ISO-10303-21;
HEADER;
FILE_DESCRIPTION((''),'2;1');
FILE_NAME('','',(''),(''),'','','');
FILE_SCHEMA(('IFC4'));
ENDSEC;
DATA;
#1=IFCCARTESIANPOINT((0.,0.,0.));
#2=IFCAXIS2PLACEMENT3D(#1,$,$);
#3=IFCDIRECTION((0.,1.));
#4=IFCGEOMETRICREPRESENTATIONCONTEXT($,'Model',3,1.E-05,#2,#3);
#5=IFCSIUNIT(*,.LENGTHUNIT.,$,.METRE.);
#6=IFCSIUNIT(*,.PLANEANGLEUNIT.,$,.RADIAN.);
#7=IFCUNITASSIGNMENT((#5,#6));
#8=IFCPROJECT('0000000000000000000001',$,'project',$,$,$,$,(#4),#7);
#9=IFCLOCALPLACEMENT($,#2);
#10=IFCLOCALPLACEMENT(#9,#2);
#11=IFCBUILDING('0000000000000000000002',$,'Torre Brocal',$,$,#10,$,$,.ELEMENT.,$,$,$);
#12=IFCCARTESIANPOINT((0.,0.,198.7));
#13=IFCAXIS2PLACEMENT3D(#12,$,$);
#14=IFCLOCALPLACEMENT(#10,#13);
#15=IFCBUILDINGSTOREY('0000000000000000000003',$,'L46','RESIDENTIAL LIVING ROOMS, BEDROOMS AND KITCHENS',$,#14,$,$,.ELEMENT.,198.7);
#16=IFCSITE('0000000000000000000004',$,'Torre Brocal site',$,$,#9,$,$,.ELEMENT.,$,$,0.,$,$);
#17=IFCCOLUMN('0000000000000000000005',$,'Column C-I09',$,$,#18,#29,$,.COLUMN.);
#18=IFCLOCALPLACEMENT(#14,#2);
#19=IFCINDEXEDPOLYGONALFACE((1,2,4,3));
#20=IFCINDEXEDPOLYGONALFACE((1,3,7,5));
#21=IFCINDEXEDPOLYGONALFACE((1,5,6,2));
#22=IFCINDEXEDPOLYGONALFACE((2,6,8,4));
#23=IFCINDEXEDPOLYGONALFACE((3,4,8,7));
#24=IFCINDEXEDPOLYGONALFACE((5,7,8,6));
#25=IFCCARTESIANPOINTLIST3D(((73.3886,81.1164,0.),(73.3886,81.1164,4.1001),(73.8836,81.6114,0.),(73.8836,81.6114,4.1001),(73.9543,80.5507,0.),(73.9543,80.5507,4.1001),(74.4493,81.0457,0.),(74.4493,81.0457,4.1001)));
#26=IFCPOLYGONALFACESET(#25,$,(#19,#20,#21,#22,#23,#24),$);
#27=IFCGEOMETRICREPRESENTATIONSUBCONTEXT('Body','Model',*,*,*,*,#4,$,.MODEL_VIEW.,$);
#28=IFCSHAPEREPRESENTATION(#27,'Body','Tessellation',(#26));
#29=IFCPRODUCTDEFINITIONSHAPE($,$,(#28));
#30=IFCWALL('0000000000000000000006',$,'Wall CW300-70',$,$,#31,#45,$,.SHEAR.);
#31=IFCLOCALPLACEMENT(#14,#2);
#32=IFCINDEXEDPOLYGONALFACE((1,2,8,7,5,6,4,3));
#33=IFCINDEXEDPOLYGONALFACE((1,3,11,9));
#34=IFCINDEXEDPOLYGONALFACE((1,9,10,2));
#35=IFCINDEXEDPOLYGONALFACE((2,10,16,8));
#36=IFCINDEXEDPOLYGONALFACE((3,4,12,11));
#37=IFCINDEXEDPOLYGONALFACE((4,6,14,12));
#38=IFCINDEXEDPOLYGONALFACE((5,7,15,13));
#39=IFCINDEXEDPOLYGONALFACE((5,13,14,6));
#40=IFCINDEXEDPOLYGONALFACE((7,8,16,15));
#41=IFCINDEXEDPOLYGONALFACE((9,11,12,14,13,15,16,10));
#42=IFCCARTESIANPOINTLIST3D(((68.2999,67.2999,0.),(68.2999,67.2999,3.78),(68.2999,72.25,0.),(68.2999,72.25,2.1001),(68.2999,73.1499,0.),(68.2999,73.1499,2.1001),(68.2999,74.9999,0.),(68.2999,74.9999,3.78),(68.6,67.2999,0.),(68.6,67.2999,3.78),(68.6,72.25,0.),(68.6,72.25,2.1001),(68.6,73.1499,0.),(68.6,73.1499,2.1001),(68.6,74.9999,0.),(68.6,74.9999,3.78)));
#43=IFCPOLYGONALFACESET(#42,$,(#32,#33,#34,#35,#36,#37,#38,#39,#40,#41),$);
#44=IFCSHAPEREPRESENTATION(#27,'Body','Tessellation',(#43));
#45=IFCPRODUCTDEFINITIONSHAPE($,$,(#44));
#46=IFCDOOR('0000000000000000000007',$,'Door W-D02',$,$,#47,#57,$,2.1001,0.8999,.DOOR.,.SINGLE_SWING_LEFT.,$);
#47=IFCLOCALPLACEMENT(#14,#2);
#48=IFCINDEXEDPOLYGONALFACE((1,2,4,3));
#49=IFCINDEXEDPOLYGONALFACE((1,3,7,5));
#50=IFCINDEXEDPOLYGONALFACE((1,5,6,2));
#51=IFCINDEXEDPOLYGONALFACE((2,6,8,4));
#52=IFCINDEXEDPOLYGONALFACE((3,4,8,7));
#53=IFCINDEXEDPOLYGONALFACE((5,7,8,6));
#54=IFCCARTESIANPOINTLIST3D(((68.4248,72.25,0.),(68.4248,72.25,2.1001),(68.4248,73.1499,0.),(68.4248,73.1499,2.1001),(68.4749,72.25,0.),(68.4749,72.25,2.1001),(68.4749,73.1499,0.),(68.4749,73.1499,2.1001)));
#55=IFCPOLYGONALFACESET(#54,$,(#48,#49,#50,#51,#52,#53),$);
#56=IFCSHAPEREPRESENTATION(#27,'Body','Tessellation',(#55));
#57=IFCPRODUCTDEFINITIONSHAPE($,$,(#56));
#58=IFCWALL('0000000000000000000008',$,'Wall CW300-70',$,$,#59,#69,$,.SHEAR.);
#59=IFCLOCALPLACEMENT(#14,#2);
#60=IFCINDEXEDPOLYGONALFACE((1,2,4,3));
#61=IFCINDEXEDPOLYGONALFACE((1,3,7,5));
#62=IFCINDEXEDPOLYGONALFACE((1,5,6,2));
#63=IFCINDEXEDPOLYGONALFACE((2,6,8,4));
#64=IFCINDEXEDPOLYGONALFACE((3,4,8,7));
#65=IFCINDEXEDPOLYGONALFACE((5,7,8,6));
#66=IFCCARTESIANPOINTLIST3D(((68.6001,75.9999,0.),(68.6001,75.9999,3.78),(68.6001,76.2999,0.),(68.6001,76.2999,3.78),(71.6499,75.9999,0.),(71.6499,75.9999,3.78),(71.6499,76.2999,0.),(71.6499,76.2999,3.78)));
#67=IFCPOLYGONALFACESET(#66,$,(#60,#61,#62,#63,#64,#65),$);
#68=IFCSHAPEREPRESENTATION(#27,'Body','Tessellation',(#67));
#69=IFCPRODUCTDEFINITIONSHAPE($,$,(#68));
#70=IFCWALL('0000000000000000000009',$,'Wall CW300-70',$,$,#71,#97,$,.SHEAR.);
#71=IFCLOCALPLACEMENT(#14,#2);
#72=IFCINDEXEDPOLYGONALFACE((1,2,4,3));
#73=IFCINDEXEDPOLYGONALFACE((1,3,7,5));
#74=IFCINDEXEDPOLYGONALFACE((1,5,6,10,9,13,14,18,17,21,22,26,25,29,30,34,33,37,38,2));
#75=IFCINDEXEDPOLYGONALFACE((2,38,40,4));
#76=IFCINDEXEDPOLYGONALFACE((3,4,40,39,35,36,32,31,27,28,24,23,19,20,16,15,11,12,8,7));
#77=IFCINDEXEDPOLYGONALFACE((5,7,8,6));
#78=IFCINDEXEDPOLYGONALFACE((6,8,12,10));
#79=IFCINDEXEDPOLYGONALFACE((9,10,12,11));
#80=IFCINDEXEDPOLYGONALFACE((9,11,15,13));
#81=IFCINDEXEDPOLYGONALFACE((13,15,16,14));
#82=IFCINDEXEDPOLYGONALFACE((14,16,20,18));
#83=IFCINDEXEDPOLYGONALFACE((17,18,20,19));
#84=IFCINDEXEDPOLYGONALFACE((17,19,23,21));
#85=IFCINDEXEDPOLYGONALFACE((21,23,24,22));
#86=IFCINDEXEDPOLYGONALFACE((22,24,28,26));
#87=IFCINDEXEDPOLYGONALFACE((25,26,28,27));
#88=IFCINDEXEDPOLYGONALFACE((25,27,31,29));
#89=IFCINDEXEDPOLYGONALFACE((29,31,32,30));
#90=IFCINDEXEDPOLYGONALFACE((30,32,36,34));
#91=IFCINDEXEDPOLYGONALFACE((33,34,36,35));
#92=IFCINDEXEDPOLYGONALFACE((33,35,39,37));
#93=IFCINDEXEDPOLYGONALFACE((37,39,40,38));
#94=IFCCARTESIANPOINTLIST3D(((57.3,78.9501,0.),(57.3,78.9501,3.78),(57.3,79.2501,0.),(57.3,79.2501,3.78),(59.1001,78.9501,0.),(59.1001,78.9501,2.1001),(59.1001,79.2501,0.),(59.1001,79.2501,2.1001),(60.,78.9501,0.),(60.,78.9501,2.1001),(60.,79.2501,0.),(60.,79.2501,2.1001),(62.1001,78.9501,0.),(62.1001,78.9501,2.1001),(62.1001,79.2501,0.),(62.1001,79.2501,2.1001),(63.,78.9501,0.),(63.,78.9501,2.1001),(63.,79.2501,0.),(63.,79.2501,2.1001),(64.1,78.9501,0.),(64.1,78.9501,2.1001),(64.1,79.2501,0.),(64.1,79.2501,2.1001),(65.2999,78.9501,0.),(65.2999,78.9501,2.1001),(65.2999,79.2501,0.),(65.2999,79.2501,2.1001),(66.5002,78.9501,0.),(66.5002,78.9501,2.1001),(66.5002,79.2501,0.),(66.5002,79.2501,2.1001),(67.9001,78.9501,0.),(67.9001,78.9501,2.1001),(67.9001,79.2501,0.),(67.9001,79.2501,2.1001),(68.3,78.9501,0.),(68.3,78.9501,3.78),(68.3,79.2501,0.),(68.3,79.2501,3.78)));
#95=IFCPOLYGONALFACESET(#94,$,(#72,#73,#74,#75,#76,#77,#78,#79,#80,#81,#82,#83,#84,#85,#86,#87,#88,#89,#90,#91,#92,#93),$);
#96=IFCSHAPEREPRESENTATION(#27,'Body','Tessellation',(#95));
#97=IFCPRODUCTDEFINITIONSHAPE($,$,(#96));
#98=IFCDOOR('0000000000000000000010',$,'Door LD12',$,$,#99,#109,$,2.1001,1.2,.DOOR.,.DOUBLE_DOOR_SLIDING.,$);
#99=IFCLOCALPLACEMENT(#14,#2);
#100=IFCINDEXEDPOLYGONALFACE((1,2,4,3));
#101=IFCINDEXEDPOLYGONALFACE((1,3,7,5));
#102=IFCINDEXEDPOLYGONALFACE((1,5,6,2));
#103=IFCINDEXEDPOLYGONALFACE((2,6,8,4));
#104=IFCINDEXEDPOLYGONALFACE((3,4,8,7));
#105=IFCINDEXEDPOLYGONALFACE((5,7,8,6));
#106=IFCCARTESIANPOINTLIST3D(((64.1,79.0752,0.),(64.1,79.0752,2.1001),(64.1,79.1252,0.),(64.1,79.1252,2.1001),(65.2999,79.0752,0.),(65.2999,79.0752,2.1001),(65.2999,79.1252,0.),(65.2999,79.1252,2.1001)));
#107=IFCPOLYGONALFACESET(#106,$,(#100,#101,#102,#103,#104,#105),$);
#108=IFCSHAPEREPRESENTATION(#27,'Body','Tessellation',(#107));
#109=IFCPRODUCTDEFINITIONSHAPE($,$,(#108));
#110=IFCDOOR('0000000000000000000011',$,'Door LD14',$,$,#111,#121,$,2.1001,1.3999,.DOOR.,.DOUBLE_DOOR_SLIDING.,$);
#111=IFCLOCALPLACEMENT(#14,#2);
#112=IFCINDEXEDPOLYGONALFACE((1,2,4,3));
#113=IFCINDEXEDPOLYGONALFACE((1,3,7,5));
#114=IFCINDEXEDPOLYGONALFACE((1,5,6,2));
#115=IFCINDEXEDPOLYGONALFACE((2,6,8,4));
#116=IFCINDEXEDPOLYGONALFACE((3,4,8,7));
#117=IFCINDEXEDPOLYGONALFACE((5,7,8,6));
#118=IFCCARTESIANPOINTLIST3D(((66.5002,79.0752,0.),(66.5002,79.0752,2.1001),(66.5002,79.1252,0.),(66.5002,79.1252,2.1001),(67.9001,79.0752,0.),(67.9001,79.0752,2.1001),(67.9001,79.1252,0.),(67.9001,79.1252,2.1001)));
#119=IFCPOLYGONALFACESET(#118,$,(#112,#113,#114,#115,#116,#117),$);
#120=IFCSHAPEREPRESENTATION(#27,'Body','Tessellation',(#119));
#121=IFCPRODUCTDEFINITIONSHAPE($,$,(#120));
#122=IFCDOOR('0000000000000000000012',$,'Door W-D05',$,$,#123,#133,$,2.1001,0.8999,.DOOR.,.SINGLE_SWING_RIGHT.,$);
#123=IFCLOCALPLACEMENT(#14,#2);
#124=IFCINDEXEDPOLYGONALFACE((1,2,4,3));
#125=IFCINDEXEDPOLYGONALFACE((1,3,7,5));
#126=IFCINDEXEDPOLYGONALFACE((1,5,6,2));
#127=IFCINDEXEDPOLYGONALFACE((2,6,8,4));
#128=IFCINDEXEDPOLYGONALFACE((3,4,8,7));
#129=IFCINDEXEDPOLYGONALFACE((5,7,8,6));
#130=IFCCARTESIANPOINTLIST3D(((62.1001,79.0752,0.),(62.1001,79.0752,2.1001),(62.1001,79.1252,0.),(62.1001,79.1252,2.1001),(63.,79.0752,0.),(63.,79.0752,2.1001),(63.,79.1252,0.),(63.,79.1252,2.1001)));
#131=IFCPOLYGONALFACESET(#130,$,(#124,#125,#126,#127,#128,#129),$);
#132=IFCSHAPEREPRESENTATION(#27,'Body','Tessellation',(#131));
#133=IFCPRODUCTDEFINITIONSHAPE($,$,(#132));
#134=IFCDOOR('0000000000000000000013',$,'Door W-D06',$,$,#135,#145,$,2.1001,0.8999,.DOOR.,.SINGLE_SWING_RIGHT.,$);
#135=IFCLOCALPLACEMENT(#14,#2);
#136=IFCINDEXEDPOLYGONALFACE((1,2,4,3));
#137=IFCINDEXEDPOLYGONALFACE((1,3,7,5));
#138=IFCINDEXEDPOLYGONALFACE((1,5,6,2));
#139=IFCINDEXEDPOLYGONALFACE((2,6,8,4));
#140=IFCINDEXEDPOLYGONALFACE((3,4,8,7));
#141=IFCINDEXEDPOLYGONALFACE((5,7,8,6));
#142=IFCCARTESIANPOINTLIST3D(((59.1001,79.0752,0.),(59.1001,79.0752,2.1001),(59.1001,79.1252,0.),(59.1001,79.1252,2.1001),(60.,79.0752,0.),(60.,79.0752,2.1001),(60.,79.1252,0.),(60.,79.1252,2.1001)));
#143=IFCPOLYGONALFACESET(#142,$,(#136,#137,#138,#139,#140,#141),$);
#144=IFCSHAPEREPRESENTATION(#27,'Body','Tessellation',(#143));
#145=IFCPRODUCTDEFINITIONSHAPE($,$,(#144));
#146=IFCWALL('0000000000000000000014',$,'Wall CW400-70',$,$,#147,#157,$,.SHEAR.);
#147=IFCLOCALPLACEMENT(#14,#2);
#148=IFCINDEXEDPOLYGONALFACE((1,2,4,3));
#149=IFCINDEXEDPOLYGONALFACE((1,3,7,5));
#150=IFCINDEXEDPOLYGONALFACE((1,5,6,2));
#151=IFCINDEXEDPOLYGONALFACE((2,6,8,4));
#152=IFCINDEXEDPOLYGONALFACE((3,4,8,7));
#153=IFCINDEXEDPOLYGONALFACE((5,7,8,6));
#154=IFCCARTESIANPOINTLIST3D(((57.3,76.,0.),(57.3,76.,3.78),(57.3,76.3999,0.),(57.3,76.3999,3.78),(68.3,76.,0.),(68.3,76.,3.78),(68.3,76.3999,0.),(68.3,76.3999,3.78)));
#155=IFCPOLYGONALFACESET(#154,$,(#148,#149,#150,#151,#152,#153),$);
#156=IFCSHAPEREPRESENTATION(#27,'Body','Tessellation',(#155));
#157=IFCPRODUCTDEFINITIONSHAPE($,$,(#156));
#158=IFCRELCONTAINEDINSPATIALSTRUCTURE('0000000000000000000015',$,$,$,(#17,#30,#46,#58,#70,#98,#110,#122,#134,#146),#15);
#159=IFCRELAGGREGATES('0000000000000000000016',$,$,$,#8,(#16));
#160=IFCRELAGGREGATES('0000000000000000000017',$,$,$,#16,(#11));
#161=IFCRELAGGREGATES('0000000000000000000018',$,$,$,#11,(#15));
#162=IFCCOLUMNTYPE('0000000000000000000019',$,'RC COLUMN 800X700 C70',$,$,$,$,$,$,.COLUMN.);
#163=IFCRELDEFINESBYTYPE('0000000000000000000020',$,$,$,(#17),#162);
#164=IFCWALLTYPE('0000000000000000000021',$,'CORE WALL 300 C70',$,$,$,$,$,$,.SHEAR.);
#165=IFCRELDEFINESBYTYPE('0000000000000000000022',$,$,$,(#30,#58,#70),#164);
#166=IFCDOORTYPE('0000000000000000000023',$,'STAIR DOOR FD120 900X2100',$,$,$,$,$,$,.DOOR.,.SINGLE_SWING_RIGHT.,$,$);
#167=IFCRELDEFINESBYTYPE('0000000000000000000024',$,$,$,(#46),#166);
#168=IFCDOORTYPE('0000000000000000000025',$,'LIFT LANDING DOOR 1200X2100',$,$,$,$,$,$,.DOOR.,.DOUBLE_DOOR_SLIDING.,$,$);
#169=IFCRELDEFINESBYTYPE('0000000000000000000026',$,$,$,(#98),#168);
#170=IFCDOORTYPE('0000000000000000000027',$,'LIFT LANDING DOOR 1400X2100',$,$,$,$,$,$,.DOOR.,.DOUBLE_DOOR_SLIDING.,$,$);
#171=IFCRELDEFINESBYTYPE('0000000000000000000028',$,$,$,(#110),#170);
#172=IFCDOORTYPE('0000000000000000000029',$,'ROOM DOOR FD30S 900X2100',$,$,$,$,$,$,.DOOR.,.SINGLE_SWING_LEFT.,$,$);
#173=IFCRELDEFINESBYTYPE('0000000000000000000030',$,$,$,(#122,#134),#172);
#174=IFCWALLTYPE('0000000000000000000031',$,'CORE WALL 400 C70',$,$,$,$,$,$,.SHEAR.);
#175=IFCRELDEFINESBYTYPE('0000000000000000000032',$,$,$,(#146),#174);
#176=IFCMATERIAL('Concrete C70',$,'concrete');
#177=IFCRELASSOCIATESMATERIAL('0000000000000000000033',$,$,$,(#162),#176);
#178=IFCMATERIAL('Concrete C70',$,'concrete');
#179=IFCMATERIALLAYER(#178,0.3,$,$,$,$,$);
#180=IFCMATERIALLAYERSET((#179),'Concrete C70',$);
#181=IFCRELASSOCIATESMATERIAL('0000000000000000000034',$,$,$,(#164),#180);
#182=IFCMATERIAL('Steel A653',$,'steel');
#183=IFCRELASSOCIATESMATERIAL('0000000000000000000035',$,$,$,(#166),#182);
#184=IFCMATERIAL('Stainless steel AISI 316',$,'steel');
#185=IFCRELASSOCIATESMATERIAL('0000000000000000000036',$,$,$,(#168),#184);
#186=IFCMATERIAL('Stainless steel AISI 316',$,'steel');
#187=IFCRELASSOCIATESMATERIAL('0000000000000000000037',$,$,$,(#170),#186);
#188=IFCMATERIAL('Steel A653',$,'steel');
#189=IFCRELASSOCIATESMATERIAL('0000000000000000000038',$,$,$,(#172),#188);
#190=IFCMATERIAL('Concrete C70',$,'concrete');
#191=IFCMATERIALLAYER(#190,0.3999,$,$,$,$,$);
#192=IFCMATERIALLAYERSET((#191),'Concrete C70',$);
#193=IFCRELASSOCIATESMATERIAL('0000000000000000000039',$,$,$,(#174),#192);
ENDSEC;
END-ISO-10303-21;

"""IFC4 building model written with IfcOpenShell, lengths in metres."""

from ifc_helpers import new_model, si_unit, direction, frame, frame_2d, origin, origin_2d, place, context, subcontext, project, spatial, rectangle, extrude, material, layer, layer_set, material_profile, profile_set, type_object, element, fill, save


model = new_model("IFC4")

# Units and contexts
model_context = context("Model", 3, precision=1e-05, world=origin(), true_north=direction((0.0, 1.0)))
body_context = subcontext(model_context, "Body", "Model", "MODEL_VIEW")
ifc_project = project(units=[si_unit("LENGTHUNIT", "METRE"), si_unit("PLANEANGLEUNIT", "RADIAN")], contexts=[model_context])

# Site, building, storey
site_placement = place(None, origin())
site = spatial("IfcSite", under=ifc_project, at=site_placement, Name="Torre Brocal site", CompositionType="ELEMENT", RefElevation=0.0)
building_placement = place(site_placement, origin())
building = spatial("IfcBuilding", under=site, at=building_placement, Name="Torre Brocal", CompositionType="ELEMENT")
storey_placement = place(building_placement, frame((0.0, 0.0, 198.7)))
storey = spatial("IfcBuildingStorey", under=building, at=storey_placement, Name="L46", Description="RESIDENTIAL LIVING ROOMS, BEDROOMS AND KITCHENS", CompositionType="ELEMENT", Elevation=198.7)

# Column
ifc_material_1 = material(Name="Concrete C70", Category="concrete")
ifc_material_profile = material_profile(ifc_material_1, rectangle(XDim=0.8, YDim=0.7, at=origin_2d()), Name="RC 800X700")
ifc_profile_set = profile_set([ifc_material_profile], Name="Concrete C70")
column_type = type_object("IfcColumnType", Name="RC COLUMN 800X700 C70", PredefinedType="COLUMN", material=ifc_profile_set)
column_placement = place(storey_placement, frame((73.9189, 81.0811, 0.0), z_axis=(0.0, 0.0, 1.0), x_axis=(-0.707107, 0.707107, 0.0)))
element("IfcColumn", 1, at=column_placement, inside=storey, type_object=column_type, Name="Column C-I09", PredefinedType="COLUMN", context=body_context, shape_type="SweptSolid", body=[
    extrude(rectangle(XDim=0.8, YDim=0.7, at=origin_2d()), origin(), (0.0, 0.0, 1.0), 4.1001),
])

# Wall, opening, door
ifc_material_2 = material(Name="Concrete C70", Category="concrete")
ifc_layer_1 = layer(ifc_material_2, 0.3)
ifc_layer_set_1 = layer_set([ifc_layer_1], Name="Concrete C70")
wall_type_1 = type_object("IfcWallType", Name="CORE WALL 300 C70", PredefinedType="SHEAR", material=ifc_layer_set_1)
wall_1_placement = place(storey_placement, frame((68.45, 75.0, 0.0), z_axis=(0.0, 0.0, 1.0), x_axis=(0.0, -1.0, 0.0)))
wall_1 = element("IfcWall", 2, at=wall_1_placement, inside=storey, type_object=wall_type_1, Name="Wall CW300-70", PredefinedType="SHEAR", context=body_context, shape_type="SweptSolid", body=[
    extrude(rectangle(XDim=7.7, YDim=0.3, at=frame_2d((3.8501, 0.0))), origin(), (0.0, 0.0, 1.0), 3.78),
])
opening_1_placement = place(wall_1_placement, frame((1.8501, 0.0, 0.0)))
opening_1 = element("IfcOpeningElement", 3, at=opening_1_placement, cuts=wall_1, PredefinedType="OPENING", context=body_context, shape_type="SweptSolid", body=[
    extrude(rectangle(XDim=0.8999, YDim=2.1001, at=frame_2d((0.45, 1.05))), frame((0.0, 0.1599, 0.0), z_axis=(0.0, -1.0, 0.0), x_axis=(1.0, 0.0, 0.0)), (0.0, 0.0, 1.0), 0.3201),
])
ifc_material_3 = material(Name="Steel A653", Category="steel")
door_type_1 = type_object("IfcDoorType", Name="STAIR DOOR FD120 900X2100", OperationType="SINGLE_SWING_RIGHT", PredefinedType="DOOR", material=ifc_material_3)
door_1_placement = place(opening_1_placement, origin())
door_1 = element("IfcDoor", 4, at=door_1_placement, inside=storey, type_object=door_type_1, Name="Door W-D02", OperationType="SINGLE_SWING_LEFT", OverallHeight=2.1001, OverallWidth=0.8999, PredefinedType="DOOR", context=body_context, shape_type="SweptSolid", body=[
    extrude(rectangle(XDim=0.8999, YDim=2.1001, at=frame_2d((0.45, 1.05))), frame((0.0, 0.0249, 0.0), z_axis=(0.0, -1.0, 0.0), x_axis=(1.0, 0.0, 0.0)), (0.0, 0.0, 1.0), 0.05),
])
fill(opening_1, door_1)

# Wall
wall_2_placement = place(storey_placement, frame((71.6499, 76.1499, 0.0), z_axis=(0.0, 0.0, 1.0), x_axis=(-1.0, 0.0, 0.0)))
element("IfcWall", 5, at=wall_2_placement, inside=storey, type_object=wall_type_1, Name="Wall CW300-70", PredefinedType="SHEAR", context=body_context, shape_type="SweptSolid", body=[
    extrude(rectangle(XDim=3.0498, YDim=0.3, at=frame_2d((1.5249, 0.0))), origin(), (0.0, 0.0, 1.0), 3.78),
])

# Wall, openings, doors
wall_3_placement = place(storey_placement, frame((68.3, 79.1001, 0.0), z_axis=(0.0, 0.0, 1.0), x_axis=(-1.0, 0.0, 0.0)))
wall_3 = element("IfcWall", 6, at=wall_3_placement, inside=storey, type_object=wall_type_1, Name="Wall CW300-70", PredefinedType="SHEAR", context=body_context, shape_type="SweptSolid", body=[
    extrude(rectangle(XDim=11.0, YDim=0.3, at=frame_2d((5.5, 0.0))), origin(), (0.0, 0.0, 1.0), 3.78),
])
opening_2_placement = place(wall_3_placement, frame((0.3999, 0.0, 0.0)))
opening_2 = element("IfcOpeningElement", 7, at=opening_2_placement, cuts=wall_3, PredefinedType="OPENING", context=body_context, shape_type="SweptSolid", body=[
    extrude(rectangle(XDim=1.3999, YDim=2.1001, at=frame_2d((0.7, 1.05))), frame((0.0, 0.1599, 0.0), z_axis=(0.0, -1.0, 0.0), x_axis=(1.0, 0.0, 0.0)), (0.0, 0.0, 1.0), 0.3201),
])
opening_3_placement = place(wall_3_placement, frame((3.0, 0.0, 0.0)))
opening_3 = element("IfcOpeningElement", 8, at=opening_3_placement, cuts=wall_3, PredefinedType="OPENING", context=body_context, shape_type="SweptSolid", body=[
    extrude(rectangle(XDim=1.2, YDim=2.1001, at=frame_2d((0.6001, 1.05))), frame((0.0, 0.1599, 0.0), z_axis=(0.0, -1.0, 0.0), x_axis=(1.0, 0.0, 0.0)), (0.0, 0.0, 1.0), 0.3201),
])
opening_4_placement = place(wall_3_placement, frame((5.3, 0.0, 0.0)))
opening_4 = element("IfcOpeningElement", 9, at=opening_4_placement, cuts=wall_3, PredefinedType="OPENING", context=body_context, shape_type="SweptSolid", body=[
    extrude(rectangle(XDim=0.8999, YDim=2.1001, at=frame_2d((0.45, 1.05))), frame((0.0, 0.1599, 0.0), z_axis=(0.0, -1.0, 0.0), x_axis=(1.0, 0.0, 0.0)), (0.0, 0.0, 1.0), 0.3201),
])
opening_5_placement = place(wall_3_placement, frame((8.3, 0.0, 0.0)))
opening_5 = element("IfcOpeningElement", 10, at=opening_5_placement, cuts=wall_3, PredefinedType="OPENING", context=body_context, shape_type="SweptSolid", body=[
    extrude(rectangle(XDim=0.8999, YDim=2.1001, at=frame_2d((0.45, 1.05))), frame((0.0, 0.1599, 0.0), z_axis=(0.0, -1.0, 0.0), x_axis=(1.0, 0.0, 0.0)), (0.0, 0.0, 1.0), 0.3201),
])
ifc_material_4 = material(Name="Stainless steel AISI 316", Category="steel")
door_type_2 = type_object("IfcDoorType", Name="LIFT LANDING DOOR 1200X2100", OperationType="DOUBLE_DOOR_SLIDING", PredefinedType="DOOR", material=ifc_material_4)
door_2_placement = place(opening_3_placement, origin())
door_2 = element("IfcDoor", 11, at=door_2_placement, inside=storey, type_object=door_type_2, Name="Door LD12", OperationType="DOUBLE_DOOR_SLIDING", OverallHeight=2.1001, OverallWidth=1.2, PredefinedType="DOOR", context=body_context, shape_type="SweptSolid", body=[
    extrude(rectangle(XDim=1.2, YDim=2.1001, at=frame_2d((0.6001, 1.05))), frame((0.0, 0.0249, 0.0), z_axis=(0.0, -1.0, 0.0), x_axis=(1.0, 0.0, 0.0)), (0.0, 0.0, 1.0), 0.05),
])
fill(opening_3, door_2)
ifc_material_5 = material(Name="Stainless steel AISI 316", Category="steel")
door_type_3 = type_object("IfcDoorType", Name="LIFT LANDING DOOR 1400X2100", OperationType="DOUBLE_DOOR_SLIDING", PredefinedType="DOOR", material=ifc_material_5)
door_3_placement = place(opening_2_placement, origin())
door_3 = element("IfcDoor", 12, at=door_3_placement, inside=storey, type_object=door_type_3, Name="Door LD14", OperationType="DOUBLE_DOOR_SLIDING", OverallHeight=2.1001, OverallWidth=1.3999, PredefinedType="DOOR", context=body_context, shape_type="SweptSolid", body=[
    extrude(rectangle(XDim=1.3999, YDim=2.1001, at=frame_2d((0.7, 1.05))), frame((0.0, 0.0249, 0.0), z_axis=(0.0, -1.0, 0.0), x_axis=(1.0, 0.0, 0.0)), (0.0, 0.0, 1.0), 0.05),
])
fill(opening_2, door_3)
ifc_material_6 = material(Name="Steel A653", Category="steel")
door_type_4 = type_object("IfcDoorType", Name="ROOM DOOR FD30S 900X2100", OperationType="SINGLE_SWING_LEFT", PredefinedType="DOOR", material=ifc_material_6)
door_4_placement = place(opening_4_placement, origin())
door_4 = element("IfcDoor", 13, at=door_4_placement, inside=storey, type_object=door_type_4, Name="Door W-D05", OperationType="SINGLE_SWING_RIGHT", OverallHeight=2.1001, OverallWidth=0.8999, PredefinedType="DOOR", context=body_context, shape_type="SweptSolid", body=[
    extrude(rectangle(XDim=0.8999, YDim=2.1001, at=frame_2d((0.45, 1.05))), frame((0.0, 0.0249, 0.0), z_axis=(0.0, -1.0, 0.0), x_axis=(1.0, 0.0, 0.0)), (0.0, 0.0, 1.0), 0.05),
])
fill(opening_4, door_4)
door_5_placement = place(opening_5_placement, origin())
door_5 = element("IfcDoor", 14, at=door_5_placement, inside=storey, type_object=door_type_4, Name="Door W-D06", OperationType="SINGLE_SWING_RIGHT", OverallHeight=2.1001, OverallWidth=0.8999, PredefinedType="DOOR", context=body_context, shape_type="SweptSolid", body=[
    extrude(rectangle(XDim=0.8999, YDim=2.1001, at=frame_2d((0.45, 1.05))), frame((0.0, 0.0249, 0.0), z_axis=(0.0, -1.0, 0.0), x_axis=(1.0, 0.0, 0.0)), (0.0, 0.0, 1.0), 0.05),
])
fill(opening_5, door_5)

# Wall
ifc_material_7 = material(Name="Concrete C70", Category="concrete")
ifc_layer_2 = layer(ifc_material_7, 0.3999)
ifc_layer_set_2 = layer_set([ifc_layer_2], Name="Concrete C70")
wall_type_2 = type_object("IfcWallType", Name="CORE WALL 400 C70", PredefinedType="SHEAR", material=ifc_layer_set_2)
wall_4_placement = place(storey_placement, frame((68.3, 76.2, 0.0), z_axis=(0.0, 0.0, 1.0), x_axis=(-1.0, 0.0, 0.0)))
element("IfcWall", 15, at=wall_4_placement, inside=storey, type_object=wall_type_2, Name="Wall CW400-70", PredefinedType="SHEAR", context=body_context, shape_type="SweptSolid", body=[
    extrude(rectangle(XDim=11.0, YDim=0.3999, at=frame_2d((5.5, 0.0))), origin(), (0.0, 0.0, 1.0), 3.78),
])

save(model, "model.ifc")
